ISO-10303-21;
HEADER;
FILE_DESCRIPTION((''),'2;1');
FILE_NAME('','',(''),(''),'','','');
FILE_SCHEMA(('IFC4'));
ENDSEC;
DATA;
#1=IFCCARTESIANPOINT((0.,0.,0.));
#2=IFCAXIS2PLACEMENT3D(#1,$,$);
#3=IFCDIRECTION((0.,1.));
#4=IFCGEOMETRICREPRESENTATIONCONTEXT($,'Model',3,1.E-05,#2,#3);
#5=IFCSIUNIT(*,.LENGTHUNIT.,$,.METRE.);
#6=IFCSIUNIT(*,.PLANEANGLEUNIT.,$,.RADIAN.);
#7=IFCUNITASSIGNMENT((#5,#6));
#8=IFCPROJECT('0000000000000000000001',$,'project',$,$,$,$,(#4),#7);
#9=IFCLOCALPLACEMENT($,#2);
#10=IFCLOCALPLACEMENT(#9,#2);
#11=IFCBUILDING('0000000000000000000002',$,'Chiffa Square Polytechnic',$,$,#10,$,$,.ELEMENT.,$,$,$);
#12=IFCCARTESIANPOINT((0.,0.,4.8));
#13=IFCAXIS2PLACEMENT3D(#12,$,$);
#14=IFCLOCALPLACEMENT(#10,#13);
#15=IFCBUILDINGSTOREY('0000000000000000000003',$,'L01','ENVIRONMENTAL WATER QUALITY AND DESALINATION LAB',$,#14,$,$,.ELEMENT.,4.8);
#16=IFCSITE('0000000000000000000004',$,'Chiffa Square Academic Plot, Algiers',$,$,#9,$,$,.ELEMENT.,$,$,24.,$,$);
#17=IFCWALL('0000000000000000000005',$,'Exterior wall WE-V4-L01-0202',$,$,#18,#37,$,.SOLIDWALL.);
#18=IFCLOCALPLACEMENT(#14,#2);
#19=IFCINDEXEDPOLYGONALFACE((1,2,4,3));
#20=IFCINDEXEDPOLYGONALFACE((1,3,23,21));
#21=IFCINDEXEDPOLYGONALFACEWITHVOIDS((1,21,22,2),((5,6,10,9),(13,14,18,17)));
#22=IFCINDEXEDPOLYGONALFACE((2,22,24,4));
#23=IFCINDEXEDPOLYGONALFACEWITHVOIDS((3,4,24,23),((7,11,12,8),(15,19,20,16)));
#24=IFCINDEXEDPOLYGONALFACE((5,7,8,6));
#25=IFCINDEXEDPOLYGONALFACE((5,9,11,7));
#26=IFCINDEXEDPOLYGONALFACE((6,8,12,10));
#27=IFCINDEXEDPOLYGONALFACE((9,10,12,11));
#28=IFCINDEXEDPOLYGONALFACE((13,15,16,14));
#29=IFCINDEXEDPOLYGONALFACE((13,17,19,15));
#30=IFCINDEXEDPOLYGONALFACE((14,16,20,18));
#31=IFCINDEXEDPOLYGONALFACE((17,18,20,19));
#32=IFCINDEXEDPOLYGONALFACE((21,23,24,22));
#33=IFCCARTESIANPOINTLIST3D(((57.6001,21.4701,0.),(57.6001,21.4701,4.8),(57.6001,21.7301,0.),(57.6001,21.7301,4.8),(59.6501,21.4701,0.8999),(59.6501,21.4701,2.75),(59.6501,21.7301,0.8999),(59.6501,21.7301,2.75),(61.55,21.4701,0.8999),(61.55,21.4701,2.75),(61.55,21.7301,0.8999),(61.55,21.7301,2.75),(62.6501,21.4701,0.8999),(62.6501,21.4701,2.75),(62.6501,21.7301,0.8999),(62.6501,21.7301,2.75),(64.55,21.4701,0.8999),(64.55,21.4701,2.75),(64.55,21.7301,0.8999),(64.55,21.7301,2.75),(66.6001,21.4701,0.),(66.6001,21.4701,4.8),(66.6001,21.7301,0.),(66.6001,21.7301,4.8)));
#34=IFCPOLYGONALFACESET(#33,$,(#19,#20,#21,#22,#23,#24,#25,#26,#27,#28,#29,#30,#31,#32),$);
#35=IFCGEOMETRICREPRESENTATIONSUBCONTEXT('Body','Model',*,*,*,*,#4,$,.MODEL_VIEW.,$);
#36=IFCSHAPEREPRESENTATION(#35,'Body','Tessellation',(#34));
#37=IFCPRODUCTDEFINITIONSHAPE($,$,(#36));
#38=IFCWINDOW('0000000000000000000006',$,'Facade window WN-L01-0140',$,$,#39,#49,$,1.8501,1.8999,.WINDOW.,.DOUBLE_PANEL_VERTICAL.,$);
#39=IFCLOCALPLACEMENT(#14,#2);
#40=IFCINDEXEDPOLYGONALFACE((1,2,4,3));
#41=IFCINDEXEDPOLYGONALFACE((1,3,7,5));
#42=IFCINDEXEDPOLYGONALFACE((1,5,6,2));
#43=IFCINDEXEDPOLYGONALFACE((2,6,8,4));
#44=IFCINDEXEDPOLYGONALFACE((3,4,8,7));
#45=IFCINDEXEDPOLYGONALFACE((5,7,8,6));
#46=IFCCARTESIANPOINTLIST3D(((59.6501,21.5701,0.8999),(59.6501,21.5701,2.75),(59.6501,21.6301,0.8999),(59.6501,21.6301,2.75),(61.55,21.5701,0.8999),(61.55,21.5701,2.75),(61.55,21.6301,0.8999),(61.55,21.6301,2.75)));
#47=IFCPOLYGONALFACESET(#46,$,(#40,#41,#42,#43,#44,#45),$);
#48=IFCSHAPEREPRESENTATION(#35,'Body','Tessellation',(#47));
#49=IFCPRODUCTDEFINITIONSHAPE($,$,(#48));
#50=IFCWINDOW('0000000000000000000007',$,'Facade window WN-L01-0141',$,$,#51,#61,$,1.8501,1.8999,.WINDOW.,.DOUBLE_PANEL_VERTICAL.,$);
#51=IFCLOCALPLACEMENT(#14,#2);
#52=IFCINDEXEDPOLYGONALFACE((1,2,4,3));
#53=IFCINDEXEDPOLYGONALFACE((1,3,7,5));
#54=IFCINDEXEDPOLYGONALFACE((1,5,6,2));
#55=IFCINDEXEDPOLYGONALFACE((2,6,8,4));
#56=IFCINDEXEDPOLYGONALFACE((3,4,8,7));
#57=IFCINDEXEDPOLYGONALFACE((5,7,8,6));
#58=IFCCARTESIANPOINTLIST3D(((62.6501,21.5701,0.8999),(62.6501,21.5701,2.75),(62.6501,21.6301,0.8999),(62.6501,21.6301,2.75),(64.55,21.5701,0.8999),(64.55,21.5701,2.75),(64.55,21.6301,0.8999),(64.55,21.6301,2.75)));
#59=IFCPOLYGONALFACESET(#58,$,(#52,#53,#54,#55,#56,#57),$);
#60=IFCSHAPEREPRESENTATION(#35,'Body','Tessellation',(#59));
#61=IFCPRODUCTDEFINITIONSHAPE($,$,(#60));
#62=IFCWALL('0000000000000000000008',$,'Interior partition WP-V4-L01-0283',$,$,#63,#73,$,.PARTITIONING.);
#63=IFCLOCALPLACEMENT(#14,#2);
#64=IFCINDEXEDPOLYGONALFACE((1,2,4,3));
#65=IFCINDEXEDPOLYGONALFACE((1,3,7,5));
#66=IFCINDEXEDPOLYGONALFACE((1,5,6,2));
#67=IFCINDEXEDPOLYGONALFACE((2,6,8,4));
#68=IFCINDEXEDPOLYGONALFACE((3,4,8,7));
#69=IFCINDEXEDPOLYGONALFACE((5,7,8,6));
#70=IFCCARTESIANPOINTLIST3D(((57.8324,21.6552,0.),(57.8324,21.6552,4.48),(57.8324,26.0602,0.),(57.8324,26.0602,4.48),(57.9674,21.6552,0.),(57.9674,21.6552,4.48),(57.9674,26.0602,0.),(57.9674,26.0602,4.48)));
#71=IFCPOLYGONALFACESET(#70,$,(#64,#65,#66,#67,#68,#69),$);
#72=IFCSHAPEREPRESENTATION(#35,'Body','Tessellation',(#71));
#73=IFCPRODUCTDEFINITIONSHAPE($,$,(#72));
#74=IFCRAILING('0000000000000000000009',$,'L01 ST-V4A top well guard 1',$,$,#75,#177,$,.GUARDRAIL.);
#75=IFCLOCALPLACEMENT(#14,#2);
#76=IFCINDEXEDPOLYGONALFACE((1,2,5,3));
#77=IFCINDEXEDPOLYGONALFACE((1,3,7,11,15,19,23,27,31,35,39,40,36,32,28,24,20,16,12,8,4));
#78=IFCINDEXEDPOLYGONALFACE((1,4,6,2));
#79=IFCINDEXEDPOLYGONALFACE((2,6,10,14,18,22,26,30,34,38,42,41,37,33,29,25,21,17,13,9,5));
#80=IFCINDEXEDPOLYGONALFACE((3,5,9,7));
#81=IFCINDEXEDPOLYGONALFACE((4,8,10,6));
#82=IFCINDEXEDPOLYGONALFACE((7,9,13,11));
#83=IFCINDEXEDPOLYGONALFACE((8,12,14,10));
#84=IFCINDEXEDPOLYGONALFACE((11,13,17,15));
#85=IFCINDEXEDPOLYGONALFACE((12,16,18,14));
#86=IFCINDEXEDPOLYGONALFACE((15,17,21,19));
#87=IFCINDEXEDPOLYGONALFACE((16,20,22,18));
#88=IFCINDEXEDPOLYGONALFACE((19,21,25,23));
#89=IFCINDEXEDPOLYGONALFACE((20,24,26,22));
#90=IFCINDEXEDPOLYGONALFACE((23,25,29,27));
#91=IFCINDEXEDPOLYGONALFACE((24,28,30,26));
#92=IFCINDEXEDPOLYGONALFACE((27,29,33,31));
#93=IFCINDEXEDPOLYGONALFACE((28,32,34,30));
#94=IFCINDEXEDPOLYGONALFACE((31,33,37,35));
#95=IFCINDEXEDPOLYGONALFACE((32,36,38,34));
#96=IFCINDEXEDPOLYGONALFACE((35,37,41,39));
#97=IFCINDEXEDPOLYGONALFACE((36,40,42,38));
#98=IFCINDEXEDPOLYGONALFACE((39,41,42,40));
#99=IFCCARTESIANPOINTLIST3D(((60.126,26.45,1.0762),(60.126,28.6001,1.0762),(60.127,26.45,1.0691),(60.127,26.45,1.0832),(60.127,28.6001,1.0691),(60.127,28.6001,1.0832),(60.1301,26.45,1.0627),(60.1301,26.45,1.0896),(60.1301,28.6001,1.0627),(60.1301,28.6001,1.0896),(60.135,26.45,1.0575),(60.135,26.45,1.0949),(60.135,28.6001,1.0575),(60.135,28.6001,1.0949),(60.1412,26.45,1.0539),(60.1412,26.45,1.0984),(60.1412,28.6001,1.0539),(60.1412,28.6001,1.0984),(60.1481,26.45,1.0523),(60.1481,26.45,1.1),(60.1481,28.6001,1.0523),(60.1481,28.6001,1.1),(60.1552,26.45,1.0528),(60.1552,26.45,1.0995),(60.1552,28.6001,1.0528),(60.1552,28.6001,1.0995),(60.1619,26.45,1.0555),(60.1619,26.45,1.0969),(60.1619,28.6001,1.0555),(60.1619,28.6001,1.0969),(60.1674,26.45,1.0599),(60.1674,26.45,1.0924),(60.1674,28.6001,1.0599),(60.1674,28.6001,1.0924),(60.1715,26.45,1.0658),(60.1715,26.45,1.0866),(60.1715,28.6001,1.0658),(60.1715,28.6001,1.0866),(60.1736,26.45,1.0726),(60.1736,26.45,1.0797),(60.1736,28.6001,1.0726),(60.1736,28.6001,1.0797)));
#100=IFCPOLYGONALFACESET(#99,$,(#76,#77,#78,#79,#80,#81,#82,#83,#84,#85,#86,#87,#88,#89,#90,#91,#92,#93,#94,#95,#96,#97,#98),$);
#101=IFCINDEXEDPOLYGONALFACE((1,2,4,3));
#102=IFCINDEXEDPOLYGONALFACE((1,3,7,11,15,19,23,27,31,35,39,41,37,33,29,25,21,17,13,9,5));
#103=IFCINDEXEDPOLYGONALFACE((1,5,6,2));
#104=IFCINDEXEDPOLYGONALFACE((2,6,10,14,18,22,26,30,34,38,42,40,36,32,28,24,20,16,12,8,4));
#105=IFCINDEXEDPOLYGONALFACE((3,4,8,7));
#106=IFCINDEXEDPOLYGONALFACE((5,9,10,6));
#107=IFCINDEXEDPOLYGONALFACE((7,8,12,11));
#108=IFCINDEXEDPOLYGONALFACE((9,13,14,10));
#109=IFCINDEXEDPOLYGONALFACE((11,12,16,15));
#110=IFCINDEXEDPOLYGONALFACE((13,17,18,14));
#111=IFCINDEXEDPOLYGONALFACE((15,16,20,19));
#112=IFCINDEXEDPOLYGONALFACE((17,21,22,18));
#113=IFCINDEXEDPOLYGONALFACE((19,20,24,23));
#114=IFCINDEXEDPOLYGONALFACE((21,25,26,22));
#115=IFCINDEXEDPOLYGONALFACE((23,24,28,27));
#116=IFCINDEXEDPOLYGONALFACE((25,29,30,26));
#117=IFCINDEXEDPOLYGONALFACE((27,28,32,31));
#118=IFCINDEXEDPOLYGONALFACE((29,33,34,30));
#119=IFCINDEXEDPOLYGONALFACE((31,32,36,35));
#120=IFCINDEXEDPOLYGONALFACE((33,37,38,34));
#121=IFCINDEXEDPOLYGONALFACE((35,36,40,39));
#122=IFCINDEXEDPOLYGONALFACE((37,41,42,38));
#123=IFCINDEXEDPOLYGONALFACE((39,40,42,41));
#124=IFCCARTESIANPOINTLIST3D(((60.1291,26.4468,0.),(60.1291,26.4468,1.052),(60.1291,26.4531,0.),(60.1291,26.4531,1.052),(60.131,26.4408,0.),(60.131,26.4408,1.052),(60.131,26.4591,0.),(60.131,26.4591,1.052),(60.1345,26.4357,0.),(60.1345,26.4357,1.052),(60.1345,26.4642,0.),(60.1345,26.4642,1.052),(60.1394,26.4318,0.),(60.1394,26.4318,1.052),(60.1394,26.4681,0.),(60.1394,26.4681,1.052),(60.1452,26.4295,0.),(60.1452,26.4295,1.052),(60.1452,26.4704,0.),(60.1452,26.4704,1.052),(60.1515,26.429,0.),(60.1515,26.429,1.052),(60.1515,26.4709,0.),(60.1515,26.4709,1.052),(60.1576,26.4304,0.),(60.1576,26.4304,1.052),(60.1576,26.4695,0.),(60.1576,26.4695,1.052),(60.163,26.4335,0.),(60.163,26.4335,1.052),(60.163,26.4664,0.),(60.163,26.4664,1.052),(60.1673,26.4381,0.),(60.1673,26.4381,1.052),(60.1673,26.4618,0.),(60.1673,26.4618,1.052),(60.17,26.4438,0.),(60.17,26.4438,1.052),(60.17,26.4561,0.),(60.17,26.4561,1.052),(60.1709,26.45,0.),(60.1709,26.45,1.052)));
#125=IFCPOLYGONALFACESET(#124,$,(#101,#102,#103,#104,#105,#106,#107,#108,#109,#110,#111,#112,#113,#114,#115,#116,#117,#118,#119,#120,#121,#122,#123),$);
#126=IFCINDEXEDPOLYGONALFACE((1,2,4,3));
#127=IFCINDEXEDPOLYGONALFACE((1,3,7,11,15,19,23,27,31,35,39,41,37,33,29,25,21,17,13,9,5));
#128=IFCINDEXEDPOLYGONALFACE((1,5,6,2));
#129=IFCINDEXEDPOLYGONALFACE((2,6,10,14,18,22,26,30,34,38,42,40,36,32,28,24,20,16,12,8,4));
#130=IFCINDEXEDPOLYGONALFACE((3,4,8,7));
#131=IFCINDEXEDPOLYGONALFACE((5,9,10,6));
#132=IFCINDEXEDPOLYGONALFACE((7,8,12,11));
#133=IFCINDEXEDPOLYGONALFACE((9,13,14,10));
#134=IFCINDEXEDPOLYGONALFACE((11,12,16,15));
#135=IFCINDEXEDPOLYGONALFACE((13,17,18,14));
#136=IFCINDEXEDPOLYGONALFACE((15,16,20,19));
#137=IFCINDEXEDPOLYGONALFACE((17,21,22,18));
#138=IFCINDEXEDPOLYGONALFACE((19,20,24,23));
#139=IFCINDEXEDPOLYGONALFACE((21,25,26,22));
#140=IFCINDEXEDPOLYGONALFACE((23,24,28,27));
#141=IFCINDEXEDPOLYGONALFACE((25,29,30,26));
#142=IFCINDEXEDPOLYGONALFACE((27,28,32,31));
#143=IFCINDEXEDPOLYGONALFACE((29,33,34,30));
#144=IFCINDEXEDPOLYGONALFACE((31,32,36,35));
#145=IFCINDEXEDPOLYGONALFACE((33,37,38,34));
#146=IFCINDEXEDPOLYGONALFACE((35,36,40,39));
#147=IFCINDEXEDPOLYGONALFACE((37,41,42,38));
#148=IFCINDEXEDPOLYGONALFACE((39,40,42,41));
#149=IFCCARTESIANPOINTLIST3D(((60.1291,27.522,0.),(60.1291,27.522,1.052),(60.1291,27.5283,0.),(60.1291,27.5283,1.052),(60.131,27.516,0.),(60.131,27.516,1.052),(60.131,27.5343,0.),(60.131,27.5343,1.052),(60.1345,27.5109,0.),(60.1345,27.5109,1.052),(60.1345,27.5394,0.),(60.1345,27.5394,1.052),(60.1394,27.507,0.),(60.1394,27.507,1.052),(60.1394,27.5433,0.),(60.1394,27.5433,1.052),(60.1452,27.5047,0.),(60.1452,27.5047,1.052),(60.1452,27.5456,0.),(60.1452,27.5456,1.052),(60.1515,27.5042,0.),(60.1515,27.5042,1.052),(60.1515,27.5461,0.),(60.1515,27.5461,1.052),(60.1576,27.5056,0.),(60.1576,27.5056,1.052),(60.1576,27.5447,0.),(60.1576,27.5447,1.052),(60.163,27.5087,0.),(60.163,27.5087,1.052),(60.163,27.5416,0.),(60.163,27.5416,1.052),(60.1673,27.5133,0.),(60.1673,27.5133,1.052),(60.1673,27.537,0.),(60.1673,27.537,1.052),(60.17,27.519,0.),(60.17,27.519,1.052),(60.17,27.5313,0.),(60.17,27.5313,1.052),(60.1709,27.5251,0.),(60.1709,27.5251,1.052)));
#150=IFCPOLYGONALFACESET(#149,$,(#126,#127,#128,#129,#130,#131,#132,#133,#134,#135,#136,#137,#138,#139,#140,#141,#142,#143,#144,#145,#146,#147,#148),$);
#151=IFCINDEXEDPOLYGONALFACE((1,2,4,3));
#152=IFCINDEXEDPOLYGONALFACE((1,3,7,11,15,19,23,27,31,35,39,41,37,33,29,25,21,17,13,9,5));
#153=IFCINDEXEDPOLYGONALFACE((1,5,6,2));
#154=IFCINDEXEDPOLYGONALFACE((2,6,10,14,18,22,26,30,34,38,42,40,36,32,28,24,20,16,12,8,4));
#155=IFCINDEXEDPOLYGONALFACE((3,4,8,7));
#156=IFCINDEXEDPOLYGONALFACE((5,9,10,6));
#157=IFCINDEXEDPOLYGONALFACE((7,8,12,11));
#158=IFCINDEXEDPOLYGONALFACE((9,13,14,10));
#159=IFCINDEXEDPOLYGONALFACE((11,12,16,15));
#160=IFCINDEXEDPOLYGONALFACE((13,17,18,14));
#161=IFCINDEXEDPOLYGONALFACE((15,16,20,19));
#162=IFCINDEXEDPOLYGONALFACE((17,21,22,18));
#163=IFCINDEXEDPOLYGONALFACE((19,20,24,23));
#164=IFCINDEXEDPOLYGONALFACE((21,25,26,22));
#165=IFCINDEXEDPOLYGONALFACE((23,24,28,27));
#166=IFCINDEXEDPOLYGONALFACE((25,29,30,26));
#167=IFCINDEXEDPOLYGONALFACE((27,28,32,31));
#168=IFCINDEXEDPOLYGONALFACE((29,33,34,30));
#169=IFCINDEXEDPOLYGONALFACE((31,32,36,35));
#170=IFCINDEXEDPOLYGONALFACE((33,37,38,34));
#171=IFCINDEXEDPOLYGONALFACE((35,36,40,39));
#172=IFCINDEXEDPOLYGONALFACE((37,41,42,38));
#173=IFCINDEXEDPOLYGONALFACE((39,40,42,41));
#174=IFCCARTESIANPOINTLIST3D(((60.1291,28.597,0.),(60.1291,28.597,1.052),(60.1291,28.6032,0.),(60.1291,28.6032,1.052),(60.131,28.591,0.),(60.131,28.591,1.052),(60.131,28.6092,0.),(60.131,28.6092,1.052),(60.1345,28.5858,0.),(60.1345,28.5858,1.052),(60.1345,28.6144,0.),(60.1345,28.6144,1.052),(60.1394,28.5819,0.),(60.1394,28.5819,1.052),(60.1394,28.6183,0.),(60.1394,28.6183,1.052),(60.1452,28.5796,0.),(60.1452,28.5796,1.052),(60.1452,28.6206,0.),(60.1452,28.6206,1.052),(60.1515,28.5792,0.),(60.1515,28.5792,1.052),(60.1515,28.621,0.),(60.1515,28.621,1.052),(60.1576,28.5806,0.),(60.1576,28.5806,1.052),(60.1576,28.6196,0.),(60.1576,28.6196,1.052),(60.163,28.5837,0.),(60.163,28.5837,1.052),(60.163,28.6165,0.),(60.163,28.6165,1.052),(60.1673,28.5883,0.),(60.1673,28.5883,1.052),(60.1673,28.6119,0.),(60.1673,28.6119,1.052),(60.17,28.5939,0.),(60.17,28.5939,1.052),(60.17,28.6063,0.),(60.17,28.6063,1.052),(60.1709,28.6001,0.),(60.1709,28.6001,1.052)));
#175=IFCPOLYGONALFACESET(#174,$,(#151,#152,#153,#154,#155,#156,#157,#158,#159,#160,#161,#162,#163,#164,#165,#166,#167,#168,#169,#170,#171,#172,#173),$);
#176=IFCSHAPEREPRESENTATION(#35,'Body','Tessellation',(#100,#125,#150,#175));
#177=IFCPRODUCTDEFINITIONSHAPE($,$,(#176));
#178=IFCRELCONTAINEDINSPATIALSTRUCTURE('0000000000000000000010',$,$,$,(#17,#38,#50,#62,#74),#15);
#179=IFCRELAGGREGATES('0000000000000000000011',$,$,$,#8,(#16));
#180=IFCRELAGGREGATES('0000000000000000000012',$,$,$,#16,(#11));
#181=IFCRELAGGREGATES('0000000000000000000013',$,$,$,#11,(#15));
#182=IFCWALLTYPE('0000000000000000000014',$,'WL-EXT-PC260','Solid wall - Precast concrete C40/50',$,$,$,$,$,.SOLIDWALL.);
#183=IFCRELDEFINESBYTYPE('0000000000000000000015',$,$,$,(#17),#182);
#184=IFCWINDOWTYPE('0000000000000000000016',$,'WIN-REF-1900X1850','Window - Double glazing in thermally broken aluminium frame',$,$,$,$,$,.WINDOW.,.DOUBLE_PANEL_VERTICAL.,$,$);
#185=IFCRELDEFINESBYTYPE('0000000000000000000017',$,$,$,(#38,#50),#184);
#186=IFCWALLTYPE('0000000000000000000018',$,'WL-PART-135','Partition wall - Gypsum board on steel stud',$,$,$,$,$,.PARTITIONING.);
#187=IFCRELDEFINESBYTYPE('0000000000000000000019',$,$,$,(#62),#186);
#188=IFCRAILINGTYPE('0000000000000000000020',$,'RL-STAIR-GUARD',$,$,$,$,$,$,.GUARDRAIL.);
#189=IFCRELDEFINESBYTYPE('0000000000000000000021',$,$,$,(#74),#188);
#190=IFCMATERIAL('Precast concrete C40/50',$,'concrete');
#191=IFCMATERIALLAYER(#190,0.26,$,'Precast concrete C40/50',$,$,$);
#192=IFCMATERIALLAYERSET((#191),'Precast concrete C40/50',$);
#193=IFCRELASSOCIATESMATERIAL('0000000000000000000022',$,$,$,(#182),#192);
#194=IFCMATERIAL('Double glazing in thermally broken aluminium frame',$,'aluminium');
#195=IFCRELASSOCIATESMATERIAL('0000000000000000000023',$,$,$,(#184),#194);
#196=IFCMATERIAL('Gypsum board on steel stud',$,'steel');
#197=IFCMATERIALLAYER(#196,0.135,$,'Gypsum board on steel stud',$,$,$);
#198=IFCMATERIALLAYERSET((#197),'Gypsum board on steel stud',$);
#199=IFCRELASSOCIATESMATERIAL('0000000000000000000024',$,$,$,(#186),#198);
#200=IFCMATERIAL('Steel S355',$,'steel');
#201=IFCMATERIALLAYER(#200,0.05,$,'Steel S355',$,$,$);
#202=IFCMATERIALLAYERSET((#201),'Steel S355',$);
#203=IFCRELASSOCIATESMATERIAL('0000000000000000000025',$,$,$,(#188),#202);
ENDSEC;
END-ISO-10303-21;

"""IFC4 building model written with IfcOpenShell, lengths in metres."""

from ifc_helpers import new_model, si_unit, direction, frame, frame_2d, origin, origin_2d, place, context, subcontext, project, spatial, rectangle, circle, extrude, material, layer, layer_set, type_object, element, fill, save


model = new_model("IFC4")

# Units and contexts
model_context = context("Model", 3, precision=1e-05, world=origin(), true_north=direction((0.0, 1.0)))
body_context = subcontext(model_context, "Body", "Model", "MODEL_VIEW")
ifc_project = project(units=[si_unit("LENGTHUNIT", "METRE"), si_unit("PLANEANGLEUNIT", "RADIAN")], contexts=[model_context])

# Site, building, storey
site_placement = place(None, origin())
site = spatial("IfcSite", under=ifc_project, at=site_placement, Name="Chiffa Square Academic Plot, Algiers", CompositionType="ELEMENT", RefElevation=24.0)
building_placement = place(site_placement, origin())
building = spatial("IfcBuilding", under=site, at=building_placement, Name="Chiffa Square Polytechnic", CompositionType="ELEMENT")
storey_placement = place(building_placement, frame((0.0, 0.0, 4.8)))
storey = spatial("IfcBuildingStorey", under=building, at=storey_placement, Name="L01", Description="ENVIRONMENTAL WATER QUALITY AND DESALINATION LAB", CompositionType="ELEMENT", Elevation=4.8)

# Shared definitions
ifc_material_1 = material(Name="Precast concrete C40/50", Category="concrete")
ifc_layer_1 = layer(ifc_material_1, 0.26, Name="Precast concrete C40/50")
ifc_layer_set_1 = layer_set([ifc_layer_1], Name="Precast concrete C40/50")
wall_type_1 = type_object("IfcWallType", Name="WL-EXT-PC260", Description="Solid wall - Precast concrete C40/50", PredefinedType="SOLIDWALL", material=ifc_layer_set_1)

# Wall, openings, windows
wall_1_placement = place(storey_placement, frame((57.6001, 21.6001, 0.0), z_axis=(0.0, 0.0, 1.0), x_axis=(1.0, 0.0, 0.0)))
wall_1 = element("IfcWall", 1, at=wall_1_placement, inside=storey, type_object=wall_type_1, Name="Exterior wall WE-V4-L01-0202", PredefinedType="SOLIDWALL", context=body_context, shape_type="SweptSolid", body=[
    extrude(rectangle(XDim=9.0, YDim=0.26, at=frame_2d((4.5, 0.0))), origin(), (0.0, 0.0, 1.0), 4.8),
])
opening_1_placement = place(wall_1_placement, frame((2.05, 0.0, 0.8999)))
opening_1 = element("IfcOpeningElement", 2, at=opening_1_placement, cuts=wall_1, PredefinedType="OPENING", context=body_context, shape_type="SweptSolid", body=[
    extrude(rectangle(XDim=1.8999, YDim=1.8501, at=frame_2d((0.95, 0.925))), frame((0.0, 0.1401, 0.0), z_axis=(0.0, -1.0, 0.0), x_axis=(1.0, 0.0, 0.0)), (0.0, 0.0, 1.0), 0.28),
])
opening_2_placement = place(wall_1_placement, frame((5.05, 0.0, 0.8999)))
opening_2 = element("IfcOpeningElement", 3, at=opening_2_placement, cuts=wall_1, PredefinedType="OPENING", context=body_context, shape_type="SweptSolid", body=[
    extrude(rectangle(XDim=1.8999, YDim=1.8501, at=frame_2d((0.95, 0.925))), frame((0.0, 0.1401, 0.0), z_axis=(0.0, -1.0, 0.0), x_axis=(1.0, 0.0, 0.0)), (0.0, 0.0, 1.0), 0.28),
])
ifc_material_2 = material(Name="Double glazing in thermally broken aluminium frame", Category="aluminium")
window_type = type_object("IfcWindowType", Name="WIN-REF-1900X1850", Description="Window - Double glazing in thermally broken aluminium frame", PartitioningType="DOUBLE_PANEL_VERTICAL", PredefinedType="WINDOW", material=ifc_material_2)
window_1_placement = place(opening_1_placement, origin())
window_1 = element("IfcWindow", 4, at=window_1_placement, inside=storey, type_object=window_type, Name="Facade window WN-L01-0140", OverallHeight=1.8501, OverallWidth=1.8999, PartitioningType="DOUBLE_PANEL_VERTICAL", PredefinedType="WINDOW", context=body_context, shape_type="SweptSolid", body=[
    extrude(rectangle(XDim=1.8999, YDim=1.8501, at=frame_2d((0.95, 0.925))), frame((0.0, 0.03, 0.0), z_axis=(0.0, -1.0, 0.0), x_axis=(1.0, 0.0, 0.0)), (0.0, 0.0, 1.0), 0.0601),
])
fill(opening_1, window_1)
window_2_placement = place(opening_2_placement, origin())
window_2 = element("IfcWindow", 5, at=window_2_placement, inside=storey, type_object=window_type, Name="Facade window WN-L01-0141", OverallHeight=1.8501, OverallWidth=1.8999, PartitioningType="DOUBLE_PANEL_VERTICAL", PredefinedType="WINDOW", context=body_context, shape_type="SweptSolid", body=[
    extrude(rectangle(XDim=1.8999, YDim=1.8501, at=frame_2d((0.95, 0.925))), frame((0.0, 0.03, 0.0), z_axis=(0.0, -1.0, 0.0), x_axis=(1.0, 0.0, 0.0)), (0.0, 0.0, 1.0), 0.0601),
])
fill(opening_2, window_2)

# Wall
ifc_material_3 = material(Name="Gypsum board on steel stud", Category="steel")
ifc_layer_2 = layer(ifc_material_3, 0.135, Name="Gypsum board on steel stud")
ifc_layer_set_2 = layer_set([ifc_layer_2], Name="Gypsum board on steel stud")
wall_type_2 = type_object("IfcWallType", Name="WL-PART-135", Description="Partition wall - Gypsum board on steel stud", PredefinedType="PARTITIONING", material=ifc_layer_set_2)
wall_2_placement = place(storey_placement, frame((57.8999, 21.655, 0.0), z_axis=(0.0, 0.0, 1.0), x_axis=(0.0, 1.0, 0.0)))
element("IfcWall", 6, at=wall_2_placement, inside=storey, type_object=wall_type_2, Name="Interior partition WP-V4-L01-0283", PredefinedType="PARTITIONING", context=body_context, shape_type="SweptSolid", body=[
    extrude(rectangle(XDim=4.405, YDim=0.135, at=frame_2d((2.2026, 0.0))), origin(), (0.0, 0.0, 1.0), 4.48),
])

# Railing
ifc_material_4 = material(Name="Steel S355", Category="steel")
ifc_layer_3 = layer(ifc_material_4, 0.05, Name="Steel S355")
ifc_layer_set_3 = layer_set([ifc_layer_3], Name="Steel S355")
railing_type = type_object("IfcRailingType", Name="RL-STAIR-GUARD", PredefinedType="GUARDRAIL", material=ifc_layer_set_3)
railing_placement = place(storey_placement, frame((60.1499, 26.45, 0.0)))
element("IfcRailing", 7, at=railing_placement, inside=storey, type_object=railing_type, Name="L01 ST-V4A top well guard 1", PredefinedType="GUARDRAIL", context=body_context, shape_type="SweptSolid", body=[
    extrude(circle(Radius=0.0239, at=origin_2d()), frame((0.0, 0.0, 1.0762), z_axis=(0.0, 1.0, 0.0), x_axis=(-1.0, 0.0, 0.0)), (0.0, 0.0, 1.0), 2.1501),
    extrude(circle(Radius=0.021, at=origin_2d()), origin(), (0.0, 0.0, 1.0), 1.052),
    extrude(circle(Radius=0.021, at=origin_2d()), frame((0.0, 1.0752, 0.0)), (0.0, 0.0, 1.0), 1.052),
    extrude(circle(Radius=0.021, at=origin_2d()), frame((0.0, 2.1501, 0.0)), (0.0, 0.0, 1.0), 1.052),
])

save(model, "model.ifc")
